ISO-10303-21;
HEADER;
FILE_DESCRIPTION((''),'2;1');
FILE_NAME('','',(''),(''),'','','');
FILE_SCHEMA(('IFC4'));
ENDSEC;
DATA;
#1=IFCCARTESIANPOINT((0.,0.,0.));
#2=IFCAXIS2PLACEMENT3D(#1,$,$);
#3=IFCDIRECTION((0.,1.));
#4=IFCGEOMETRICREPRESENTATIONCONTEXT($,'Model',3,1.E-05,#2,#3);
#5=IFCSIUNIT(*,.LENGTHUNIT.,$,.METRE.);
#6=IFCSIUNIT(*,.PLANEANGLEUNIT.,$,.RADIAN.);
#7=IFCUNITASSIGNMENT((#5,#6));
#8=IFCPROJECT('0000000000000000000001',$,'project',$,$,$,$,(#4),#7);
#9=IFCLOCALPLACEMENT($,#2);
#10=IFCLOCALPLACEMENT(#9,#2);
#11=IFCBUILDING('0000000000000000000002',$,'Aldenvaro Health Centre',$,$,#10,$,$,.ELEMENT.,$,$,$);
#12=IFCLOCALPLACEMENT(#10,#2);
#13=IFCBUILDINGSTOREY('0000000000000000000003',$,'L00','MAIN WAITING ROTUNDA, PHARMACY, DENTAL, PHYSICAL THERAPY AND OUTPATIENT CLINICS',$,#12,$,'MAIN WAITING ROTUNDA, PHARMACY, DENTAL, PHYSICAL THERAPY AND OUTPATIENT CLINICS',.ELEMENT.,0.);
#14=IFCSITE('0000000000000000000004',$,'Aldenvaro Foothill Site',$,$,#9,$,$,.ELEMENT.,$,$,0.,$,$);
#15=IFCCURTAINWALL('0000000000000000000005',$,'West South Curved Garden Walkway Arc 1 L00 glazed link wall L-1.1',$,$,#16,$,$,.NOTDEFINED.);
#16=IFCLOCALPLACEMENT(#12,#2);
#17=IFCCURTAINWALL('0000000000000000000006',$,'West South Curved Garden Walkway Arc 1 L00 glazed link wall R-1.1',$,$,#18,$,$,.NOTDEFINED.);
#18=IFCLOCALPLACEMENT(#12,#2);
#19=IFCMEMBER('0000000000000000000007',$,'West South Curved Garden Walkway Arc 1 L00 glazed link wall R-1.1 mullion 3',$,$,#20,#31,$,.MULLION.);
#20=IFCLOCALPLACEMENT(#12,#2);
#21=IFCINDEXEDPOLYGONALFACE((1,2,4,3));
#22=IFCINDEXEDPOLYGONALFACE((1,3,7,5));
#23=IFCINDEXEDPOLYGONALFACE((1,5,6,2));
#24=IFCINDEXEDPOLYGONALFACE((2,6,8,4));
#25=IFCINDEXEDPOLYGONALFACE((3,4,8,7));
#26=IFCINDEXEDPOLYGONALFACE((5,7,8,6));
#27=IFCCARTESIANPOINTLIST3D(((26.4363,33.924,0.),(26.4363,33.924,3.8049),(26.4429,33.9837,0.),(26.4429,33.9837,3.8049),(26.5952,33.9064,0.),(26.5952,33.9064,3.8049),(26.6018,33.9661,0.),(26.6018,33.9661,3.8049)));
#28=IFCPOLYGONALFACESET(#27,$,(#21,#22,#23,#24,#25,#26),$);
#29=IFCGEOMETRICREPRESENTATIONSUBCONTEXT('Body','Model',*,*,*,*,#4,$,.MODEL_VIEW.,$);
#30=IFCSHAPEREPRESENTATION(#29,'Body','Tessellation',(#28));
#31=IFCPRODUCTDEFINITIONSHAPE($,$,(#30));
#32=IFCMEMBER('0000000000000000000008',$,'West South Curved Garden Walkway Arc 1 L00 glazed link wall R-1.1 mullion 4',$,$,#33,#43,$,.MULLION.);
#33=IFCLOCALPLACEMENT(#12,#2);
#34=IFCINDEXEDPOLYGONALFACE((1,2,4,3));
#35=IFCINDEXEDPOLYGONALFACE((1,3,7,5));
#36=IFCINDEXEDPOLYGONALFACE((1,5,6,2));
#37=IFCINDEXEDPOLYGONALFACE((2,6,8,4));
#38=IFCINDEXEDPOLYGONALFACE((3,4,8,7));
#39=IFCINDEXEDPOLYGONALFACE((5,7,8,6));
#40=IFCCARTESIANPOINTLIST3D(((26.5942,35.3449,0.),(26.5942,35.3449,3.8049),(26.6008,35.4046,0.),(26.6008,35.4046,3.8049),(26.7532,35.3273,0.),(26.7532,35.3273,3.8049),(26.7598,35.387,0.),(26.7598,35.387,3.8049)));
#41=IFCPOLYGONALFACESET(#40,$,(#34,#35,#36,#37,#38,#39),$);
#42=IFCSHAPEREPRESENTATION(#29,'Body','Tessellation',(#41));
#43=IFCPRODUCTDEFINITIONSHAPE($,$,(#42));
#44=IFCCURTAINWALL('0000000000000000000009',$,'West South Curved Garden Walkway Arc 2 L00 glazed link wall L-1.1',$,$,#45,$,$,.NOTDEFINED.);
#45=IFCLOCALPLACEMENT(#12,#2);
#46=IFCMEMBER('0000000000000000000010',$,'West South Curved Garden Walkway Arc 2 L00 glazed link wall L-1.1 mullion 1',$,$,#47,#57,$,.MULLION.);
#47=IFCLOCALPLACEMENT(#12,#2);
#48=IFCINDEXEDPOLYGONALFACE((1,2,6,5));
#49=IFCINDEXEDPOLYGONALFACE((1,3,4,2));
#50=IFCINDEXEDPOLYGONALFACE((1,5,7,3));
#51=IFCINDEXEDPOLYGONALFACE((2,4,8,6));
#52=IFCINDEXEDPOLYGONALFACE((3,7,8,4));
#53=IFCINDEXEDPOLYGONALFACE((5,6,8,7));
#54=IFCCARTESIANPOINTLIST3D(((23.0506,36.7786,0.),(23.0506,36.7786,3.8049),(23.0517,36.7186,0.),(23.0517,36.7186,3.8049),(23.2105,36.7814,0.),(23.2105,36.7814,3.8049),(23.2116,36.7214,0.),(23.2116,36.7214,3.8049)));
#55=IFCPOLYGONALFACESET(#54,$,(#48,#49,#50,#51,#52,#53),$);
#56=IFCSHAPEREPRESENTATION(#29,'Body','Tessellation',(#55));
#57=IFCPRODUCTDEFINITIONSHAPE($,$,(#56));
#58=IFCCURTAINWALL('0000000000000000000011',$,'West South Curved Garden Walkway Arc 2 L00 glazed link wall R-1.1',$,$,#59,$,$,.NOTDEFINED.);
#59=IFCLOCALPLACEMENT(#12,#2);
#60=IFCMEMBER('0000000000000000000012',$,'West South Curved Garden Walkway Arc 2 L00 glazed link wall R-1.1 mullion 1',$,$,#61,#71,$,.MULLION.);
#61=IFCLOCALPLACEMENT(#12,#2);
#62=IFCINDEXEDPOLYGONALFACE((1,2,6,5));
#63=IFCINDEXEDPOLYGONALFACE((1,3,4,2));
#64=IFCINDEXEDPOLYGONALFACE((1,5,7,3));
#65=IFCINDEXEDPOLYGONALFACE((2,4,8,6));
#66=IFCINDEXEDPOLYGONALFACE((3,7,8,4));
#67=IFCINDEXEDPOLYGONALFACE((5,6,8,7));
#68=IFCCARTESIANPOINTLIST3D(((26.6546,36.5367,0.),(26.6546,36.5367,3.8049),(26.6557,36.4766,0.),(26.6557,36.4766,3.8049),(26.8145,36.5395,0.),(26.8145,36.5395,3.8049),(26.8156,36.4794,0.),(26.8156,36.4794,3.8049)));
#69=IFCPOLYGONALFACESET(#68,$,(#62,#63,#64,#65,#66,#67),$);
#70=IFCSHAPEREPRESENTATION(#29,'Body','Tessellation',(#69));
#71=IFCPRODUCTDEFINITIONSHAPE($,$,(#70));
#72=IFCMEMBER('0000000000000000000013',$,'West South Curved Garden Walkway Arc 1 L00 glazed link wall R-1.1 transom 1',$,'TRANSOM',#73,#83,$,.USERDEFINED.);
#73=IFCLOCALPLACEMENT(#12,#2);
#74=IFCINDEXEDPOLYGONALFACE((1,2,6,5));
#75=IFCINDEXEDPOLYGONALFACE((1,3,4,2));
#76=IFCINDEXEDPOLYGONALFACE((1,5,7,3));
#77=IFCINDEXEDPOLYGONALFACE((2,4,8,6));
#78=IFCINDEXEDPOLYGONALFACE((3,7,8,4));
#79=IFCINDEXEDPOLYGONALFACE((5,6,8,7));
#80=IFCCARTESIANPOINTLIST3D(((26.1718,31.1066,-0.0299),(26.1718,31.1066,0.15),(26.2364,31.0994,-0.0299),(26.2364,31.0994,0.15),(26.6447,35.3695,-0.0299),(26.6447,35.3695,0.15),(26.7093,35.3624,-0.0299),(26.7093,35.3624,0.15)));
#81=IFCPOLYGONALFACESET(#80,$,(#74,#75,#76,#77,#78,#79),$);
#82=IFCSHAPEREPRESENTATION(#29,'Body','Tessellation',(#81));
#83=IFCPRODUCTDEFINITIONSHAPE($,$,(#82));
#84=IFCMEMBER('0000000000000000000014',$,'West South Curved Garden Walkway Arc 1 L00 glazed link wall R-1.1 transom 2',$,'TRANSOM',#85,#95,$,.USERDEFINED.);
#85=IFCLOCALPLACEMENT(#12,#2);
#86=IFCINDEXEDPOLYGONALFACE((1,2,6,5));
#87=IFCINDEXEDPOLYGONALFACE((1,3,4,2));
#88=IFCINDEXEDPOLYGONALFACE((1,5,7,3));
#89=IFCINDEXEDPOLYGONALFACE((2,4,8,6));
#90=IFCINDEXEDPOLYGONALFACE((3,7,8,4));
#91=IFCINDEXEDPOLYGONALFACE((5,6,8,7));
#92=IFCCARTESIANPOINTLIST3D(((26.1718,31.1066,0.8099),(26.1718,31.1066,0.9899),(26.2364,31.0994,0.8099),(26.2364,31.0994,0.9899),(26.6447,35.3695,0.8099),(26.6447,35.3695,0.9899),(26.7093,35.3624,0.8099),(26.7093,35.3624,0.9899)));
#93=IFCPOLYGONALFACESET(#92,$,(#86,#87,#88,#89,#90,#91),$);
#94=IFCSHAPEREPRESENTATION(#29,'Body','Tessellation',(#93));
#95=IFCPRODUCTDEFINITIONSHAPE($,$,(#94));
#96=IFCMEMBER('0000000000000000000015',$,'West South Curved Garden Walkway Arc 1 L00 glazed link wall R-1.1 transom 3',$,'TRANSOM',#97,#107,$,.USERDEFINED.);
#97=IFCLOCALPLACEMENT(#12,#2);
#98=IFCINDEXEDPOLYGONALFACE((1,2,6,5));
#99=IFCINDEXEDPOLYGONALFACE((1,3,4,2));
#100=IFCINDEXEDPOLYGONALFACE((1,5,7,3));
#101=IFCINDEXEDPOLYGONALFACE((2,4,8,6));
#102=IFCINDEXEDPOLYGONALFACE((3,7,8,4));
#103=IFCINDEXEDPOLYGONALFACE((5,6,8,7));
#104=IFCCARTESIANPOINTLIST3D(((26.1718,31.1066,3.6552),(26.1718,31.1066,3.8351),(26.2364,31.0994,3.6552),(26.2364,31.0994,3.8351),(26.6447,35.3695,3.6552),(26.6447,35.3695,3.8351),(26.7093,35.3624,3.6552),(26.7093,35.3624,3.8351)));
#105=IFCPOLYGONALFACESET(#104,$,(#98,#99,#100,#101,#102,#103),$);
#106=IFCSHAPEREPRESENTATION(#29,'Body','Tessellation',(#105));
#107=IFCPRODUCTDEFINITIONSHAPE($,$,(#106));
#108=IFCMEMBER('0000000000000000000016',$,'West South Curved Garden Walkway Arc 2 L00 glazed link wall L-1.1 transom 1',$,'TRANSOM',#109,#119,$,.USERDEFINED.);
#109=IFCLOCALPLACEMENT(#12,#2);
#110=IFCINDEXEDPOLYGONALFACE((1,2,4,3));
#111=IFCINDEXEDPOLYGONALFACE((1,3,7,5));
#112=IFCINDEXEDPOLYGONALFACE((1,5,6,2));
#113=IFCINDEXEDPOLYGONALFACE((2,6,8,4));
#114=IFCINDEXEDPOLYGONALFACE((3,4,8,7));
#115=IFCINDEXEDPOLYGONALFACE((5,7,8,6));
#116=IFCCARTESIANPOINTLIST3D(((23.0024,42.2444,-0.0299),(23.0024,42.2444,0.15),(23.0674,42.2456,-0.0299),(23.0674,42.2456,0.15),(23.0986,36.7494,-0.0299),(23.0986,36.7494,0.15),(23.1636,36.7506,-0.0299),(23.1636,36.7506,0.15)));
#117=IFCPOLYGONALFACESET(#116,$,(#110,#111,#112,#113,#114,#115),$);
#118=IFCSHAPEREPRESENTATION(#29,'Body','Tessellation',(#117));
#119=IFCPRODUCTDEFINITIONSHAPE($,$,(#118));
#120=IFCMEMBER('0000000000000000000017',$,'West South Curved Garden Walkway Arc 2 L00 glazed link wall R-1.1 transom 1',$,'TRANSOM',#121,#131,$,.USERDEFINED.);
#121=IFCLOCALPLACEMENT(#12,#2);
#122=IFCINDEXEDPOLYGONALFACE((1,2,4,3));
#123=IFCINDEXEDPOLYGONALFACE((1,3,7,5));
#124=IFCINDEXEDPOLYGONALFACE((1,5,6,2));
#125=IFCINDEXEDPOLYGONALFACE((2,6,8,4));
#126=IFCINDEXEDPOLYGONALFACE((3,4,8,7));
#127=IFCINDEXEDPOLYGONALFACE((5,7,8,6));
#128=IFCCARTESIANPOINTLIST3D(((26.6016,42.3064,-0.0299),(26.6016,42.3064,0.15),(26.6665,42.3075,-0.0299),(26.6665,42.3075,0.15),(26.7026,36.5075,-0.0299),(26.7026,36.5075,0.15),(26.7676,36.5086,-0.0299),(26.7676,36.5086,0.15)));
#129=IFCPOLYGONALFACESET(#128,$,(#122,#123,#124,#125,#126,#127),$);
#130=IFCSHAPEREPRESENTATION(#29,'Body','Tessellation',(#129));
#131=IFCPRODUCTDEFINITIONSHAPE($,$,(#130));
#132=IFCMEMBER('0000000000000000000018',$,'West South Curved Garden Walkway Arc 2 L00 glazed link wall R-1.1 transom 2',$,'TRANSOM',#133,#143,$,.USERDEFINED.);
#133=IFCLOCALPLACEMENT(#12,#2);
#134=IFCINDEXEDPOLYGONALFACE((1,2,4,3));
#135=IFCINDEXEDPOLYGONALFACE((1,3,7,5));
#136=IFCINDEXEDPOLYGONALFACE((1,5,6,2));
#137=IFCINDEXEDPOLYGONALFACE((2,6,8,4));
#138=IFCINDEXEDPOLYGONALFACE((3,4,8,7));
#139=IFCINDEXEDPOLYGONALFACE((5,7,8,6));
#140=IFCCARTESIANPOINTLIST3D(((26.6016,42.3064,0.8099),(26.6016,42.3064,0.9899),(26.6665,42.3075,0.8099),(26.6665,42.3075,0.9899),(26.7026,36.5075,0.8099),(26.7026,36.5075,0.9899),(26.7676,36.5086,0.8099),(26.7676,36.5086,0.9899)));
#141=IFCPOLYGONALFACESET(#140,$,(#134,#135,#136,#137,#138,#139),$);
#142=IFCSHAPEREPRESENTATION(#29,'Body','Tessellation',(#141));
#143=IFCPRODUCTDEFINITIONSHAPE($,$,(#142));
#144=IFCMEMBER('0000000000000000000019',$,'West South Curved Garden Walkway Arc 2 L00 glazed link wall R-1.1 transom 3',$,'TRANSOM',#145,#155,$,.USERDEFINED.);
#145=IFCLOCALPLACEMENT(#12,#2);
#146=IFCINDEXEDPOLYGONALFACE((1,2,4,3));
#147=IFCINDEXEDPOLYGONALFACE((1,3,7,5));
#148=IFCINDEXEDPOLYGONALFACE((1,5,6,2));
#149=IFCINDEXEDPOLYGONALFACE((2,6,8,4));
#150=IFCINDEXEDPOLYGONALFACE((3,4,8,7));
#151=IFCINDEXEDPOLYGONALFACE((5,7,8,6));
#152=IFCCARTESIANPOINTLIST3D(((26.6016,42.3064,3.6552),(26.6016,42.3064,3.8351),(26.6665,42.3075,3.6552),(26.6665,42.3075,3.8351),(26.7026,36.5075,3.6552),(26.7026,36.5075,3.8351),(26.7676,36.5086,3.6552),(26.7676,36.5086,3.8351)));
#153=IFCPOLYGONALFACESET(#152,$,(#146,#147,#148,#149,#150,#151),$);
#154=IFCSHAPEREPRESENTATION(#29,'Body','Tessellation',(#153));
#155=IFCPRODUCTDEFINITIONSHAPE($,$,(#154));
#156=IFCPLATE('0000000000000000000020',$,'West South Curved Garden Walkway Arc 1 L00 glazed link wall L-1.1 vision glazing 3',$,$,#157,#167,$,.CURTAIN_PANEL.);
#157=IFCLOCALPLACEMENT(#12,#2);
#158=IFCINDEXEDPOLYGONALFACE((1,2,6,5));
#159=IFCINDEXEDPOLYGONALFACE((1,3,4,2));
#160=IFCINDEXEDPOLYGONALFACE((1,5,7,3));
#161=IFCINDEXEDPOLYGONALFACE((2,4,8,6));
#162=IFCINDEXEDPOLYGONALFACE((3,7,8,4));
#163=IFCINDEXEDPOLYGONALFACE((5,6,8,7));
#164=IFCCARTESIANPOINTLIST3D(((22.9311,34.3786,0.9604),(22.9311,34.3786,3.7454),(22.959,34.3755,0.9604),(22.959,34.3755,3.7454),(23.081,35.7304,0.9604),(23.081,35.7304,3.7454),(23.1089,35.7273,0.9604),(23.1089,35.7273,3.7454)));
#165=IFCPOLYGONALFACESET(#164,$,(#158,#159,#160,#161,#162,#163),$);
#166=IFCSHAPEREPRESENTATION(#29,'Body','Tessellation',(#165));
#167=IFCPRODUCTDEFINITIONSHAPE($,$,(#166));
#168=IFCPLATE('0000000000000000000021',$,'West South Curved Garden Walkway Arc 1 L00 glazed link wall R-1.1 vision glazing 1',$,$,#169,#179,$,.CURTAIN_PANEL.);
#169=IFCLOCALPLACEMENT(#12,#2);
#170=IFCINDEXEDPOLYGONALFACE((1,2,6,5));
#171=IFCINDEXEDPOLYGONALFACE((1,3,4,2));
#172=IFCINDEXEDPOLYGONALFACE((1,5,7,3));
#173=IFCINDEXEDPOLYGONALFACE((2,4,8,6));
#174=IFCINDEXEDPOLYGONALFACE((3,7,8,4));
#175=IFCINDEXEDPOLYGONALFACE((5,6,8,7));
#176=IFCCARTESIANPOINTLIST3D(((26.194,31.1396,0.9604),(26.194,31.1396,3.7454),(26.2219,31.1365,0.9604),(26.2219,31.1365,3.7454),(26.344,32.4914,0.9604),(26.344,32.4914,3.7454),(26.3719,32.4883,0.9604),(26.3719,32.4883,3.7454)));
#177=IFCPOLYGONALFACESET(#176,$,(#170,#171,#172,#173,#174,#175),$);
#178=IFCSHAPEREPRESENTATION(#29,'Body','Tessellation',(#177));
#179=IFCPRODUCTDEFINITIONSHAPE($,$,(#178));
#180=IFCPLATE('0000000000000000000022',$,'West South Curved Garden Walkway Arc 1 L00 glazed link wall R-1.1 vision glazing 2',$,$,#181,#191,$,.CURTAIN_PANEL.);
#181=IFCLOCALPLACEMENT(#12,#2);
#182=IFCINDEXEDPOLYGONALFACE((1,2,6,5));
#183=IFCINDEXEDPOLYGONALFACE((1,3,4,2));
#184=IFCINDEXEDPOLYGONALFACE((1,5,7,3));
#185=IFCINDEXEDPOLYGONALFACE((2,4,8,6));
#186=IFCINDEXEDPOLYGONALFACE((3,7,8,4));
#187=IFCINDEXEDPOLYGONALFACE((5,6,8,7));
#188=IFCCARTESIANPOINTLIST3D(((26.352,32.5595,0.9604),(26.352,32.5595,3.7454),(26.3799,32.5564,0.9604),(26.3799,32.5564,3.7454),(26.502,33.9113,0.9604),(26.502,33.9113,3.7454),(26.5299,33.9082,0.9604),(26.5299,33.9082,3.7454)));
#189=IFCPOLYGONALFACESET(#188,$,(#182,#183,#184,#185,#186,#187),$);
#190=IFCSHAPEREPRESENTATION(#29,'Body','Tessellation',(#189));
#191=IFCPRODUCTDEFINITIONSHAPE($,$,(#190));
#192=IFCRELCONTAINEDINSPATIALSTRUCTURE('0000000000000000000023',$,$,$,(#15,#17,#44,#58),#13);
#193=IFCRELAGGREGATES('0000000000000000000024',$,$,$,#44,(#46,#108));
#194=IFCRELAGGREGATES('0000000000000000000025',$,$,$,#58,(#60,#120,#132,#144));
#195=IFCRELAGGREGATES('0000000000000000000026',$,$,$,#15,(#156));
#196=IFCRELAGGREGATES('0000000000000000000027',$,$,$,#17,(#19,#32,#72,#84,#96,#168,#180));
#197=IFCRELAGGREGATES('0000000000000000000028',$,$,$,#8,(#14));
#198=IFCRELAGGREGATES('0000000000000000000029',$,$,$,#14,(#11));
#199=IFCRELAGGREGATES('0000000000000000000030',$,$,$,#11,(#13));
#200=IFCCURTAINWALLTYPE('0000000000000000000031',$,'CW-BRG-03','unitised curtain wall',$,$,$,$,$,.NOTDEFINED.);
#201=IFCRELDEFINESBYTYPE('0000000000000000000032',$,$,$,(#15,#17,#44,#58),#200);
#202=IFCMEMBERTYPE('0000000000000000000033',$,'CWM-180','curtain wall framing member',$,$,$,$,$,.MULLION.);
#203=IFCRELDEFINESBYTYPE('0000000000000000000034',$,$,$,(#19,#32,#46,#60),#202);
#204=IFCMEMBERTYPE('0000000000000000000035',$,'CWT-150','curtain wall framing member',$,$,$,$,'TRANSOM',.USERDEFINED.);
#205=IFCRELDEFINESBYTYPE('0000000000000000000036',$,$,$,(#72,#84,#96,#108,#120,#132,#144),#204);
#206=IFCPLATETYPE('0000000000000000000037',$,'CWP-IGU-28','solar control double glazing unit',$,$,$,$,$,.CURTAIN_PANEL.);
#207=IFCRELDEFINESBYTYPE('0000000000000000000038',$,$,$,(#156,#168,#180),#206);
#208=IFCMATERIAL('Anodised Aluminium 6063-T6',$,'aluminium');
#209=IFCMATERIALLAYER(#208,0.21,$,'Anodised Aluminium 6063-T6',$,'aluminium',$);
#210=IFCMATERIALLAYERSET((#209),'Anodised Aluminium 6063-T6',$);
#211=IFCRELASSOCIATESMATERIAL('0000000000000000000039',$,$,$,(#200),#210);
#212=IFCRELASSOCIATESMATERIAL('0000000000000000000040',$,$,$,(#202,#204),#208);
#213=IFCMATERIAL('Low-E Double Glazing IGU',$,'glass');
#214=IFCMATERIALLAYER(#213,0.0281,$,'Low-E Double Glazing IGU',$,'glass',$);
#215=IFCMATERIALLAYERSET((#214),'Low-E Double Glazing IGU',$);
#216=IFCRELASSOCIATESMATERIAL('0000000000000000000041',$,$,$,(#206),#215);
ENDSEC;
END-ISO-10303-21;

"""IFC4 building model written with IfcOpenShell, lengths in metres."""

from ifc_helpers import new_model, si_unit, direction, frame, origin, origin_2d, place, context, subcontext, project, spatial, rectangle, extrude, material, layer, layer_set, material_profile, profile_set, type_object, element, aggregate, save


model = new_model("IFC4")

# Units and contexts
model_context = context("Model", 3, precision=1e-05, world=origin(), true_north=direction((0.0, 1.0)))
body_context = subcontext(model_context, "Body", "Model", "MODEL_VIEW")
ifc_project = project(units=[si_unit("LENGTHUNIT", "METRE"), si_unit("PLANEANGLEUNIT", "RADIAN")], contexts=[model_context])

# Site, building, storey
site_placement = place(None, origin())
site = spatial("IfcSite", under=ifc_project, at=site_placement, Name="Aldenvaro Foothill Site", CompositionType="ELEMENT", RefElevation=0.0)
building_placement = place(site_placement, origin())
building = spatial("IfcBuilding", under=site, at=building_placement, Name="Aldenvaro Health Centre", CompositionType="ELEMENT")
storey_placement = place(building_placement, origin())
storey = spatial("IfcBuildingStorey", under=building, at=storey_placement, Name="L00", Description="MAIN WAITING ROTUNDA, PHARMACY, DENTAL, PHYSICAL THERAPY AND OUTPATIENT CLINICS", LongName="MAIN WAITING ROTUNDA, PHARMACY, DENTAL, PHYSICAL THERAPY AND OUTPATIENT CLINICS", CompositionType="ELEMENT", Elevation=0.0)

# Curtain wall
ifc_material_1 = material(Name="Anodised Aluminium 6063-T6", Category="aluminium")
ifc_layer_1 = layer(ifc_material_1, 0.21, Name="Anodised Aluminium 6063-T6", Category="aluminium")
ifc_layer_set_1 = layer_set([ifc_layer_1], Name="Anodised Aluminium 6063-T6")
curtain_wall_type = type_object("IfcCurtainWallType", Name="CW-BRG-03", Description="unitised curtain wall", PredefinedType="NOTDEFINED", material=ifc_layer_set_1)
curtain_wall_1_placement = place(storey_placement, origin())
curtain_wall_1 = element("IfcCurtainWall", 1, at=curtain_wall_1_placement, inside=storey, type_object=curtain_wall_type, Name="West South Curved Garden Walkway Arc 1 L00 glazed link wall L-1.1", PredefinedType="NOTDEFINED")
ifc_material_profile_1 = material_profile(ifc_material_1, rectangle(XDim=0.0601, YDim=0.1599, at=origin_2d()), Name="ALU 60x160", Category="aluminium")
ifc_profile_set_1 = profile_set([ifc_material_profile_1], Name="Anodised Aluminium 6063-T6")
member_type_1 = type_object("IfcMemberType", Name="CWM-180", Description="curtain wall framing member", PredefinedType="MULLION", material=ifc_profile_set_1)

# Curtain wall, members
curtain_wall_2_placement = place(storey_placement, origin())
curtain_wall_2 = element("IfcCurtainWall", 2, at=curtain_wall_2_placement, inside=storey, type_object=curtain_wall_type, Name="West South Curved Garden Walkway Arc 1 L00 glazed link wall R-1.1", PredefinedType="NOTDEFINED")
member_1_placement = place(storey_placement, frame((26.519, 33.9451, 0.0), z_axis=(0.0, 0.0, 1.0), x_axis=(0.110278, 0.993901, 0.0)))
member_1 = element("IfcMember", 3, at=member_1_placement, type_object=member_type_1, Name="West South Curved Garden Walkway Arc 1 L00 glazed link wall R-1.1 mullion 3", PredefinedType="MULLION", context=body_context, shape_type="SweptSolid", body=[
    extrude(rectangle(XDim=0.0601, YDim=0.1599, at=origin_2d()), origin(), (0.0, 0.0, 1.0), 3.8049),
])
member_2_placement = place(storey_placement, frame((26.677, 35.366, 0.0), z_axis=(0.0, 0.0, 1.0), x_axis=(0.110278, 0.993901, 0.0)))
member_2 = element("IfcMember", 4, at=member_2_placement, type_object=member_type_1, Name="West South Curved Garden Walkway Arc 1 L00 glazed link wall R-1.1 mullion 4", PredefinedType="MULLION", context=body_context, shape_type="SweptSolid", body=[
    extrude(rectangle(XDim=0.0601, YDim=0.1599, at=origin_2d()), origin(), (0.0, 0.0, 1.0), 3.8049),
])

# Curtain walls, members
curtain_wall_3_placement = place(storey_placement, origin())
curtain_wall_3 = element("IfcCurtainWall", 5, at=curtain_wall_3_placement, inside=storey, type_object=curtain_wall_type, Name="West South Curved Garden Walkway Arc 2 L00 glazed link wall L-1.1", PredefinedType="NOTDEFINED")
member_3_placement = place(storey_placement, frame((23.1311, 36.75, 0.0), z_axis=(0.0, 0.0, 1.0), x_axis=(-0.017468, 0.999847, 0.0)))
member_3 = element("IfcMember", 6, at=member_3_placement, type_object=member_type_1, Name="West South Curved Garden Walkway Arc 2 L00 glazed link wall L-1.1 mullion 1", PredefinedType="MULLION", context=body_context, shape_type="SweptSolid", body=[
    extrude(rectangle(XDim=0.0601, YDim=0.1599, at=origin_2d()), origin(), (0.0, 0.0, 1.0), 3.8049),
])
curtain_wall_4_placement = place(storey_placement, origin())
curtain_wall_4 = element("IfcCurtainWall", 7, at=curtain_wall_4_placement, inside=storey, type_object=curtain_wall_type, Name="West South Curved Garden Walkway Arc 2 L00 glazed link wall R-1.1", PredefinedType="NOTDEFINED")
member_4_placement = place(storey_placement, frame((26.7351, 36.5081, 0.0), z_axis=(0.0, 0.0, 1.0), x_axis=(-0.017414, 0.999848, 0.0)))
member_4 = element("IfcMember", 8, at=member_4_placement, type_object=member_type_1, Name="West South Curved Garden Walkway Arc 2 L00 glazed link wall R-1.1 mullion 1", PredefinedType="MULLION", context=body_context, shape_type="SweptSolid", body=[
    extrude(rectangle(XDim=0.0601, YDim=0.1599, at=origin_2d()), origin(), (0.0, 0.0, 1.0), 3.8049),
])

# Members
ifc_material_profile_2 = material_profile(ifc_material_1, rectangle(XDim=0.0649, YDim=0.1799, at=origin_2d()), Name="ALU 65x180", Category="aluminium")
ifc_profile_set_2 = profile_set([ifc_material_profile_2], Name="Anodised Aluminium 6063-T6")
member_type_2 = type_object("IfcMemberType", Name="CWT-150", Description="curtain wall framing member", ElementType="TRANSOM", PredefinedType="USERDEFINED", material=ifc_profile_set_2)
member_5_placement = place(storey_placement, frame((26.2041, 31.103, 0.0601), z_axis=(0.110257, 0.993903, 0.0), x_axis=(-0.993903, 0.110257, 0.0)))
member_5 = element("IfcMember", 9, at=member_5_placement, type_object=member_type_2, Name="West South Curved Garden Walkway Arc 1 L00 glazed link wall R-1.1 transom 1", ObjectType="TRANSOM", PredefinedType="USERDEFINED", context=body_context, shape_type="SweptSolid", body=[
    extrude(rectangle(XDim=0.0649, YDim=0.1799, at=origin_2d()), origin(), (0.0, 0.0, 1.0), 4.2891),
])
member_6_placement = place(storey_placement, frame((26.2041, 31.103, 0.8999), z_axis=(0.110257, 0.993903, 0.0), x_axis=(-0.993903, 0.110257, 0.0)))
member_6 = element("IfcMember", 10, at=member_6_placement, type_object=member_type_2, Name="West South Curved Garden Walkway Arc 1 L00 glazed link wall R-1.1 transom 2", ObjectType="TRANSOM", PredefinedType="USERDEFINED", context=body_context, shape_type="SweptSolid", body=[
    extrude(rectangle(XDim=0.0649, YDim=0.1799, at=origin_2d()), origin(), (0.0, 0.0, 1.0), 4.2891),
])
member_7_placement = place(storey_placement, frame((26.2041, 31.103, 3.7451), z_axis=(0.110257, 0.993903, 0.0), x_axis=(-0.993903, 0.110257, 0.0)))
member_7 = element("IfcMember", 11, at=member_7_placement, type_object=member_type_2, Name="West South Curved Garden Walkway Arc 1 L00 glazed link wall R-1.1 transom 3", ObjectType="TRANSOM", PredefinedType="USERDEFINED", context=body_context, shape_type="SweptSolid", body=[
    extrude(rectangle(XDim=0.0649, YDim=0.1799, at=origin_2d()), origin(), (0.0, 0.0, 1.0), 4.2891),
])
member_8_placement = place(storey_placement, frame((23.1311, 36.75, 0.0601), z_axis=(-0.017502, 0.999847, 0.0), x_axis=(-0.999847, -0.017502, 0.0)))
member_8 = element("IfcMember", 12, at=member_8_placement, type_object=member_type_2, Name="West South Curved Garden Walkway Arc 2 L00 glazed link wall L-1.1 transom 1", ObjectType="TRANSOM", PredefinedType="USERDEFINED", context=body_context, shape_type="SweptSolid", body=[
    extrude(rectangle(XDim=0.0649, YDim=0.1799, at=origin_2d()), origin(), (0.0, 0.0, 1.0), 5.4958),
])
aggregate(curtain_wall_3, [member_3, member_8])
member_9_placement = place(storey_placement, frame((26.7351, 36.5081, 0.0601), z_axis=(-0.017427, 0.999848, 0.0), x_axis=(-0.999848, -0.017427, 0.0)))
member_9 = element("IfcMember", 13, at=member_9_placement, type_object=member_type_2, Name="West South Curved Garden Walkway Arc 2 L00 glazed link wall R-1.1 transom 1", ObjectType="TRANSOM", PredefinedType="USERDEFINED", context=body_context, shape_type="SweptSolid", body=[
    extrude(rectangle(XDim=0.0649, YDim=0.1799, at=origin_2d()), origin(), (0.0, 0.0, 1.0), 5.7998),
])
member_10_placement = place(storey_placement, frame((26.7351, 36.5081, 0.8999), z_axis=(-0.017427, 0.999848, 0.0), x_axis=(-0.999848, -0.017427, 0.0)))
member_10 = element("IfcMember", 14, at=member_10_placement, type_object=member_type_2, Name="West South Curved Garden Walkway Arc 2 L00 glazed link wall R-1.1 transom 2", ObjectType="TRANSOM", PredefinedType="USERDEFINED", context=body_context, shape_type="SweptSolid", body=[
    extrude(rectangle(XDim=0.0649, YDim=0.1799, at=origin_2d()), origin(), (0.0, 0.0, 1.0), 5.7998),
])
member_11_placement = place(storey_placement, frame((26.7351, 36.5081, 3.7451), z_axis=(-0.017427, 0.999848, 0.0), x_axis=(-0.999848, -0.017427, 0.0)))
member_11 = element("IfcMember", 15, at=member_11_placement, type_object=member_type_2, Name="West South Curved Garden Walkway Arc 2 L00 glazed link wall R-1.1 transom 3", ObjectType="TRANSOM", PredefinedType="USERDEFINED", context=body_context, shape_type="SweptSolid", body=[
    extrude(rectangle(XDim=0.0649, YDim=0.1799, at=origin_2d()), origin(), (0.0, 0.0, 1.0), 5.7998),
])
aggregate(curtain_wall_4, [member_4, member_9, member_10, member_11])

# Plates
ifc_material_2 = material(Name="Low-E Double Glazing IGU", Category="glass")
ifc_layer_2 = layer(ifc_material_2, 0.0281, Name="Low-E Double Glazing IGU", Category="glass")
ifc_layer_set_2 = layer_set([ifc_layer_2], Name="Low-E Double Glazing IGU")
plate_type_1 = type_object("IfcPlateType", Name="CWP-IGU-28", Description="solar control double glazing unit", PredefinedType="CURTAIN_PANEL", material=ifc_layer_set_2)
plate_1_placement = place(storey_placement, frame((23.02, 35.053, 0.9604), z_axis=(0.0, 0.0, 1.0), x_axis=(0.110252, 0.993904, 0.0)))
plate_1 = element("IfcPlate", 16, at=plate_1_placement, type_object=plate_type_1, Name="West South Curved Garden Walkway Arc 1 L00 glazed link wall L-1.1 vision glazing 3", PredefinedType="CURTAIN_PANEL", context=body_context, shape_type="SweptSolid", body=[
    extrude(rectangle(XDim=1.3601, YDim=0.0281, at=origin_2d()), origin(), (0.0, 0.0, 1.0), 2.7849),
])
plate_2_placement = place(storey_placement, frame((26.283, 31.814, 0.9604), z_axis=(0.0, 0.0, 1.0), x_axis=(0.110278, 0.993901, 0.0)))
plate_2 = element("IfcPlate", 17, at=plate_2_placement, type_object=plate_type_1, Name="West South Curved Garden Walkway Arc 1 L00 glazed link wall R-1.1 vision glazing 1", PredefinedType="CURTAIN_PANEL", context=body_context, shape_type="SweptSolid", body=[
    extrude(rectangle(XDim=1.3601, YDim=0.0281, at=origin_2d()), origin(), (0.0, 0.0, 1.0), 2.7849),
])
plate_3_placement = place(storey_placement, frame((26.4409, 33.2339, 0.9604), z_axis=(0.0, 0.0, 1.0), x_axis=(0.110278, 0.993901, 0.0)))
plate_3 = element("IfcPlate", 18, at=plate_3_placement, type_object=plate_type_1, Name="West South Curved Garden Walkway Arc 1 L00 glazed link wall R-1.1 vision glazing 2", PredefinedType="CURTAIN_PANEL", context=body_context, shape_type="SweptSolid", body=[
    extrude(rectangle(XDim=1.3601, YDim=0.0281, at=origin_2d()), origin(), (0.0, 0.0, 1.0), 2.7849),
])
aggregate(curtain_wall_1, [plate_1])
aggregate(curtain_wall_2, [member_1, member_2, member_5, member_6, member_7, plate_2, plate_3])

save(model, "model.ifc")
